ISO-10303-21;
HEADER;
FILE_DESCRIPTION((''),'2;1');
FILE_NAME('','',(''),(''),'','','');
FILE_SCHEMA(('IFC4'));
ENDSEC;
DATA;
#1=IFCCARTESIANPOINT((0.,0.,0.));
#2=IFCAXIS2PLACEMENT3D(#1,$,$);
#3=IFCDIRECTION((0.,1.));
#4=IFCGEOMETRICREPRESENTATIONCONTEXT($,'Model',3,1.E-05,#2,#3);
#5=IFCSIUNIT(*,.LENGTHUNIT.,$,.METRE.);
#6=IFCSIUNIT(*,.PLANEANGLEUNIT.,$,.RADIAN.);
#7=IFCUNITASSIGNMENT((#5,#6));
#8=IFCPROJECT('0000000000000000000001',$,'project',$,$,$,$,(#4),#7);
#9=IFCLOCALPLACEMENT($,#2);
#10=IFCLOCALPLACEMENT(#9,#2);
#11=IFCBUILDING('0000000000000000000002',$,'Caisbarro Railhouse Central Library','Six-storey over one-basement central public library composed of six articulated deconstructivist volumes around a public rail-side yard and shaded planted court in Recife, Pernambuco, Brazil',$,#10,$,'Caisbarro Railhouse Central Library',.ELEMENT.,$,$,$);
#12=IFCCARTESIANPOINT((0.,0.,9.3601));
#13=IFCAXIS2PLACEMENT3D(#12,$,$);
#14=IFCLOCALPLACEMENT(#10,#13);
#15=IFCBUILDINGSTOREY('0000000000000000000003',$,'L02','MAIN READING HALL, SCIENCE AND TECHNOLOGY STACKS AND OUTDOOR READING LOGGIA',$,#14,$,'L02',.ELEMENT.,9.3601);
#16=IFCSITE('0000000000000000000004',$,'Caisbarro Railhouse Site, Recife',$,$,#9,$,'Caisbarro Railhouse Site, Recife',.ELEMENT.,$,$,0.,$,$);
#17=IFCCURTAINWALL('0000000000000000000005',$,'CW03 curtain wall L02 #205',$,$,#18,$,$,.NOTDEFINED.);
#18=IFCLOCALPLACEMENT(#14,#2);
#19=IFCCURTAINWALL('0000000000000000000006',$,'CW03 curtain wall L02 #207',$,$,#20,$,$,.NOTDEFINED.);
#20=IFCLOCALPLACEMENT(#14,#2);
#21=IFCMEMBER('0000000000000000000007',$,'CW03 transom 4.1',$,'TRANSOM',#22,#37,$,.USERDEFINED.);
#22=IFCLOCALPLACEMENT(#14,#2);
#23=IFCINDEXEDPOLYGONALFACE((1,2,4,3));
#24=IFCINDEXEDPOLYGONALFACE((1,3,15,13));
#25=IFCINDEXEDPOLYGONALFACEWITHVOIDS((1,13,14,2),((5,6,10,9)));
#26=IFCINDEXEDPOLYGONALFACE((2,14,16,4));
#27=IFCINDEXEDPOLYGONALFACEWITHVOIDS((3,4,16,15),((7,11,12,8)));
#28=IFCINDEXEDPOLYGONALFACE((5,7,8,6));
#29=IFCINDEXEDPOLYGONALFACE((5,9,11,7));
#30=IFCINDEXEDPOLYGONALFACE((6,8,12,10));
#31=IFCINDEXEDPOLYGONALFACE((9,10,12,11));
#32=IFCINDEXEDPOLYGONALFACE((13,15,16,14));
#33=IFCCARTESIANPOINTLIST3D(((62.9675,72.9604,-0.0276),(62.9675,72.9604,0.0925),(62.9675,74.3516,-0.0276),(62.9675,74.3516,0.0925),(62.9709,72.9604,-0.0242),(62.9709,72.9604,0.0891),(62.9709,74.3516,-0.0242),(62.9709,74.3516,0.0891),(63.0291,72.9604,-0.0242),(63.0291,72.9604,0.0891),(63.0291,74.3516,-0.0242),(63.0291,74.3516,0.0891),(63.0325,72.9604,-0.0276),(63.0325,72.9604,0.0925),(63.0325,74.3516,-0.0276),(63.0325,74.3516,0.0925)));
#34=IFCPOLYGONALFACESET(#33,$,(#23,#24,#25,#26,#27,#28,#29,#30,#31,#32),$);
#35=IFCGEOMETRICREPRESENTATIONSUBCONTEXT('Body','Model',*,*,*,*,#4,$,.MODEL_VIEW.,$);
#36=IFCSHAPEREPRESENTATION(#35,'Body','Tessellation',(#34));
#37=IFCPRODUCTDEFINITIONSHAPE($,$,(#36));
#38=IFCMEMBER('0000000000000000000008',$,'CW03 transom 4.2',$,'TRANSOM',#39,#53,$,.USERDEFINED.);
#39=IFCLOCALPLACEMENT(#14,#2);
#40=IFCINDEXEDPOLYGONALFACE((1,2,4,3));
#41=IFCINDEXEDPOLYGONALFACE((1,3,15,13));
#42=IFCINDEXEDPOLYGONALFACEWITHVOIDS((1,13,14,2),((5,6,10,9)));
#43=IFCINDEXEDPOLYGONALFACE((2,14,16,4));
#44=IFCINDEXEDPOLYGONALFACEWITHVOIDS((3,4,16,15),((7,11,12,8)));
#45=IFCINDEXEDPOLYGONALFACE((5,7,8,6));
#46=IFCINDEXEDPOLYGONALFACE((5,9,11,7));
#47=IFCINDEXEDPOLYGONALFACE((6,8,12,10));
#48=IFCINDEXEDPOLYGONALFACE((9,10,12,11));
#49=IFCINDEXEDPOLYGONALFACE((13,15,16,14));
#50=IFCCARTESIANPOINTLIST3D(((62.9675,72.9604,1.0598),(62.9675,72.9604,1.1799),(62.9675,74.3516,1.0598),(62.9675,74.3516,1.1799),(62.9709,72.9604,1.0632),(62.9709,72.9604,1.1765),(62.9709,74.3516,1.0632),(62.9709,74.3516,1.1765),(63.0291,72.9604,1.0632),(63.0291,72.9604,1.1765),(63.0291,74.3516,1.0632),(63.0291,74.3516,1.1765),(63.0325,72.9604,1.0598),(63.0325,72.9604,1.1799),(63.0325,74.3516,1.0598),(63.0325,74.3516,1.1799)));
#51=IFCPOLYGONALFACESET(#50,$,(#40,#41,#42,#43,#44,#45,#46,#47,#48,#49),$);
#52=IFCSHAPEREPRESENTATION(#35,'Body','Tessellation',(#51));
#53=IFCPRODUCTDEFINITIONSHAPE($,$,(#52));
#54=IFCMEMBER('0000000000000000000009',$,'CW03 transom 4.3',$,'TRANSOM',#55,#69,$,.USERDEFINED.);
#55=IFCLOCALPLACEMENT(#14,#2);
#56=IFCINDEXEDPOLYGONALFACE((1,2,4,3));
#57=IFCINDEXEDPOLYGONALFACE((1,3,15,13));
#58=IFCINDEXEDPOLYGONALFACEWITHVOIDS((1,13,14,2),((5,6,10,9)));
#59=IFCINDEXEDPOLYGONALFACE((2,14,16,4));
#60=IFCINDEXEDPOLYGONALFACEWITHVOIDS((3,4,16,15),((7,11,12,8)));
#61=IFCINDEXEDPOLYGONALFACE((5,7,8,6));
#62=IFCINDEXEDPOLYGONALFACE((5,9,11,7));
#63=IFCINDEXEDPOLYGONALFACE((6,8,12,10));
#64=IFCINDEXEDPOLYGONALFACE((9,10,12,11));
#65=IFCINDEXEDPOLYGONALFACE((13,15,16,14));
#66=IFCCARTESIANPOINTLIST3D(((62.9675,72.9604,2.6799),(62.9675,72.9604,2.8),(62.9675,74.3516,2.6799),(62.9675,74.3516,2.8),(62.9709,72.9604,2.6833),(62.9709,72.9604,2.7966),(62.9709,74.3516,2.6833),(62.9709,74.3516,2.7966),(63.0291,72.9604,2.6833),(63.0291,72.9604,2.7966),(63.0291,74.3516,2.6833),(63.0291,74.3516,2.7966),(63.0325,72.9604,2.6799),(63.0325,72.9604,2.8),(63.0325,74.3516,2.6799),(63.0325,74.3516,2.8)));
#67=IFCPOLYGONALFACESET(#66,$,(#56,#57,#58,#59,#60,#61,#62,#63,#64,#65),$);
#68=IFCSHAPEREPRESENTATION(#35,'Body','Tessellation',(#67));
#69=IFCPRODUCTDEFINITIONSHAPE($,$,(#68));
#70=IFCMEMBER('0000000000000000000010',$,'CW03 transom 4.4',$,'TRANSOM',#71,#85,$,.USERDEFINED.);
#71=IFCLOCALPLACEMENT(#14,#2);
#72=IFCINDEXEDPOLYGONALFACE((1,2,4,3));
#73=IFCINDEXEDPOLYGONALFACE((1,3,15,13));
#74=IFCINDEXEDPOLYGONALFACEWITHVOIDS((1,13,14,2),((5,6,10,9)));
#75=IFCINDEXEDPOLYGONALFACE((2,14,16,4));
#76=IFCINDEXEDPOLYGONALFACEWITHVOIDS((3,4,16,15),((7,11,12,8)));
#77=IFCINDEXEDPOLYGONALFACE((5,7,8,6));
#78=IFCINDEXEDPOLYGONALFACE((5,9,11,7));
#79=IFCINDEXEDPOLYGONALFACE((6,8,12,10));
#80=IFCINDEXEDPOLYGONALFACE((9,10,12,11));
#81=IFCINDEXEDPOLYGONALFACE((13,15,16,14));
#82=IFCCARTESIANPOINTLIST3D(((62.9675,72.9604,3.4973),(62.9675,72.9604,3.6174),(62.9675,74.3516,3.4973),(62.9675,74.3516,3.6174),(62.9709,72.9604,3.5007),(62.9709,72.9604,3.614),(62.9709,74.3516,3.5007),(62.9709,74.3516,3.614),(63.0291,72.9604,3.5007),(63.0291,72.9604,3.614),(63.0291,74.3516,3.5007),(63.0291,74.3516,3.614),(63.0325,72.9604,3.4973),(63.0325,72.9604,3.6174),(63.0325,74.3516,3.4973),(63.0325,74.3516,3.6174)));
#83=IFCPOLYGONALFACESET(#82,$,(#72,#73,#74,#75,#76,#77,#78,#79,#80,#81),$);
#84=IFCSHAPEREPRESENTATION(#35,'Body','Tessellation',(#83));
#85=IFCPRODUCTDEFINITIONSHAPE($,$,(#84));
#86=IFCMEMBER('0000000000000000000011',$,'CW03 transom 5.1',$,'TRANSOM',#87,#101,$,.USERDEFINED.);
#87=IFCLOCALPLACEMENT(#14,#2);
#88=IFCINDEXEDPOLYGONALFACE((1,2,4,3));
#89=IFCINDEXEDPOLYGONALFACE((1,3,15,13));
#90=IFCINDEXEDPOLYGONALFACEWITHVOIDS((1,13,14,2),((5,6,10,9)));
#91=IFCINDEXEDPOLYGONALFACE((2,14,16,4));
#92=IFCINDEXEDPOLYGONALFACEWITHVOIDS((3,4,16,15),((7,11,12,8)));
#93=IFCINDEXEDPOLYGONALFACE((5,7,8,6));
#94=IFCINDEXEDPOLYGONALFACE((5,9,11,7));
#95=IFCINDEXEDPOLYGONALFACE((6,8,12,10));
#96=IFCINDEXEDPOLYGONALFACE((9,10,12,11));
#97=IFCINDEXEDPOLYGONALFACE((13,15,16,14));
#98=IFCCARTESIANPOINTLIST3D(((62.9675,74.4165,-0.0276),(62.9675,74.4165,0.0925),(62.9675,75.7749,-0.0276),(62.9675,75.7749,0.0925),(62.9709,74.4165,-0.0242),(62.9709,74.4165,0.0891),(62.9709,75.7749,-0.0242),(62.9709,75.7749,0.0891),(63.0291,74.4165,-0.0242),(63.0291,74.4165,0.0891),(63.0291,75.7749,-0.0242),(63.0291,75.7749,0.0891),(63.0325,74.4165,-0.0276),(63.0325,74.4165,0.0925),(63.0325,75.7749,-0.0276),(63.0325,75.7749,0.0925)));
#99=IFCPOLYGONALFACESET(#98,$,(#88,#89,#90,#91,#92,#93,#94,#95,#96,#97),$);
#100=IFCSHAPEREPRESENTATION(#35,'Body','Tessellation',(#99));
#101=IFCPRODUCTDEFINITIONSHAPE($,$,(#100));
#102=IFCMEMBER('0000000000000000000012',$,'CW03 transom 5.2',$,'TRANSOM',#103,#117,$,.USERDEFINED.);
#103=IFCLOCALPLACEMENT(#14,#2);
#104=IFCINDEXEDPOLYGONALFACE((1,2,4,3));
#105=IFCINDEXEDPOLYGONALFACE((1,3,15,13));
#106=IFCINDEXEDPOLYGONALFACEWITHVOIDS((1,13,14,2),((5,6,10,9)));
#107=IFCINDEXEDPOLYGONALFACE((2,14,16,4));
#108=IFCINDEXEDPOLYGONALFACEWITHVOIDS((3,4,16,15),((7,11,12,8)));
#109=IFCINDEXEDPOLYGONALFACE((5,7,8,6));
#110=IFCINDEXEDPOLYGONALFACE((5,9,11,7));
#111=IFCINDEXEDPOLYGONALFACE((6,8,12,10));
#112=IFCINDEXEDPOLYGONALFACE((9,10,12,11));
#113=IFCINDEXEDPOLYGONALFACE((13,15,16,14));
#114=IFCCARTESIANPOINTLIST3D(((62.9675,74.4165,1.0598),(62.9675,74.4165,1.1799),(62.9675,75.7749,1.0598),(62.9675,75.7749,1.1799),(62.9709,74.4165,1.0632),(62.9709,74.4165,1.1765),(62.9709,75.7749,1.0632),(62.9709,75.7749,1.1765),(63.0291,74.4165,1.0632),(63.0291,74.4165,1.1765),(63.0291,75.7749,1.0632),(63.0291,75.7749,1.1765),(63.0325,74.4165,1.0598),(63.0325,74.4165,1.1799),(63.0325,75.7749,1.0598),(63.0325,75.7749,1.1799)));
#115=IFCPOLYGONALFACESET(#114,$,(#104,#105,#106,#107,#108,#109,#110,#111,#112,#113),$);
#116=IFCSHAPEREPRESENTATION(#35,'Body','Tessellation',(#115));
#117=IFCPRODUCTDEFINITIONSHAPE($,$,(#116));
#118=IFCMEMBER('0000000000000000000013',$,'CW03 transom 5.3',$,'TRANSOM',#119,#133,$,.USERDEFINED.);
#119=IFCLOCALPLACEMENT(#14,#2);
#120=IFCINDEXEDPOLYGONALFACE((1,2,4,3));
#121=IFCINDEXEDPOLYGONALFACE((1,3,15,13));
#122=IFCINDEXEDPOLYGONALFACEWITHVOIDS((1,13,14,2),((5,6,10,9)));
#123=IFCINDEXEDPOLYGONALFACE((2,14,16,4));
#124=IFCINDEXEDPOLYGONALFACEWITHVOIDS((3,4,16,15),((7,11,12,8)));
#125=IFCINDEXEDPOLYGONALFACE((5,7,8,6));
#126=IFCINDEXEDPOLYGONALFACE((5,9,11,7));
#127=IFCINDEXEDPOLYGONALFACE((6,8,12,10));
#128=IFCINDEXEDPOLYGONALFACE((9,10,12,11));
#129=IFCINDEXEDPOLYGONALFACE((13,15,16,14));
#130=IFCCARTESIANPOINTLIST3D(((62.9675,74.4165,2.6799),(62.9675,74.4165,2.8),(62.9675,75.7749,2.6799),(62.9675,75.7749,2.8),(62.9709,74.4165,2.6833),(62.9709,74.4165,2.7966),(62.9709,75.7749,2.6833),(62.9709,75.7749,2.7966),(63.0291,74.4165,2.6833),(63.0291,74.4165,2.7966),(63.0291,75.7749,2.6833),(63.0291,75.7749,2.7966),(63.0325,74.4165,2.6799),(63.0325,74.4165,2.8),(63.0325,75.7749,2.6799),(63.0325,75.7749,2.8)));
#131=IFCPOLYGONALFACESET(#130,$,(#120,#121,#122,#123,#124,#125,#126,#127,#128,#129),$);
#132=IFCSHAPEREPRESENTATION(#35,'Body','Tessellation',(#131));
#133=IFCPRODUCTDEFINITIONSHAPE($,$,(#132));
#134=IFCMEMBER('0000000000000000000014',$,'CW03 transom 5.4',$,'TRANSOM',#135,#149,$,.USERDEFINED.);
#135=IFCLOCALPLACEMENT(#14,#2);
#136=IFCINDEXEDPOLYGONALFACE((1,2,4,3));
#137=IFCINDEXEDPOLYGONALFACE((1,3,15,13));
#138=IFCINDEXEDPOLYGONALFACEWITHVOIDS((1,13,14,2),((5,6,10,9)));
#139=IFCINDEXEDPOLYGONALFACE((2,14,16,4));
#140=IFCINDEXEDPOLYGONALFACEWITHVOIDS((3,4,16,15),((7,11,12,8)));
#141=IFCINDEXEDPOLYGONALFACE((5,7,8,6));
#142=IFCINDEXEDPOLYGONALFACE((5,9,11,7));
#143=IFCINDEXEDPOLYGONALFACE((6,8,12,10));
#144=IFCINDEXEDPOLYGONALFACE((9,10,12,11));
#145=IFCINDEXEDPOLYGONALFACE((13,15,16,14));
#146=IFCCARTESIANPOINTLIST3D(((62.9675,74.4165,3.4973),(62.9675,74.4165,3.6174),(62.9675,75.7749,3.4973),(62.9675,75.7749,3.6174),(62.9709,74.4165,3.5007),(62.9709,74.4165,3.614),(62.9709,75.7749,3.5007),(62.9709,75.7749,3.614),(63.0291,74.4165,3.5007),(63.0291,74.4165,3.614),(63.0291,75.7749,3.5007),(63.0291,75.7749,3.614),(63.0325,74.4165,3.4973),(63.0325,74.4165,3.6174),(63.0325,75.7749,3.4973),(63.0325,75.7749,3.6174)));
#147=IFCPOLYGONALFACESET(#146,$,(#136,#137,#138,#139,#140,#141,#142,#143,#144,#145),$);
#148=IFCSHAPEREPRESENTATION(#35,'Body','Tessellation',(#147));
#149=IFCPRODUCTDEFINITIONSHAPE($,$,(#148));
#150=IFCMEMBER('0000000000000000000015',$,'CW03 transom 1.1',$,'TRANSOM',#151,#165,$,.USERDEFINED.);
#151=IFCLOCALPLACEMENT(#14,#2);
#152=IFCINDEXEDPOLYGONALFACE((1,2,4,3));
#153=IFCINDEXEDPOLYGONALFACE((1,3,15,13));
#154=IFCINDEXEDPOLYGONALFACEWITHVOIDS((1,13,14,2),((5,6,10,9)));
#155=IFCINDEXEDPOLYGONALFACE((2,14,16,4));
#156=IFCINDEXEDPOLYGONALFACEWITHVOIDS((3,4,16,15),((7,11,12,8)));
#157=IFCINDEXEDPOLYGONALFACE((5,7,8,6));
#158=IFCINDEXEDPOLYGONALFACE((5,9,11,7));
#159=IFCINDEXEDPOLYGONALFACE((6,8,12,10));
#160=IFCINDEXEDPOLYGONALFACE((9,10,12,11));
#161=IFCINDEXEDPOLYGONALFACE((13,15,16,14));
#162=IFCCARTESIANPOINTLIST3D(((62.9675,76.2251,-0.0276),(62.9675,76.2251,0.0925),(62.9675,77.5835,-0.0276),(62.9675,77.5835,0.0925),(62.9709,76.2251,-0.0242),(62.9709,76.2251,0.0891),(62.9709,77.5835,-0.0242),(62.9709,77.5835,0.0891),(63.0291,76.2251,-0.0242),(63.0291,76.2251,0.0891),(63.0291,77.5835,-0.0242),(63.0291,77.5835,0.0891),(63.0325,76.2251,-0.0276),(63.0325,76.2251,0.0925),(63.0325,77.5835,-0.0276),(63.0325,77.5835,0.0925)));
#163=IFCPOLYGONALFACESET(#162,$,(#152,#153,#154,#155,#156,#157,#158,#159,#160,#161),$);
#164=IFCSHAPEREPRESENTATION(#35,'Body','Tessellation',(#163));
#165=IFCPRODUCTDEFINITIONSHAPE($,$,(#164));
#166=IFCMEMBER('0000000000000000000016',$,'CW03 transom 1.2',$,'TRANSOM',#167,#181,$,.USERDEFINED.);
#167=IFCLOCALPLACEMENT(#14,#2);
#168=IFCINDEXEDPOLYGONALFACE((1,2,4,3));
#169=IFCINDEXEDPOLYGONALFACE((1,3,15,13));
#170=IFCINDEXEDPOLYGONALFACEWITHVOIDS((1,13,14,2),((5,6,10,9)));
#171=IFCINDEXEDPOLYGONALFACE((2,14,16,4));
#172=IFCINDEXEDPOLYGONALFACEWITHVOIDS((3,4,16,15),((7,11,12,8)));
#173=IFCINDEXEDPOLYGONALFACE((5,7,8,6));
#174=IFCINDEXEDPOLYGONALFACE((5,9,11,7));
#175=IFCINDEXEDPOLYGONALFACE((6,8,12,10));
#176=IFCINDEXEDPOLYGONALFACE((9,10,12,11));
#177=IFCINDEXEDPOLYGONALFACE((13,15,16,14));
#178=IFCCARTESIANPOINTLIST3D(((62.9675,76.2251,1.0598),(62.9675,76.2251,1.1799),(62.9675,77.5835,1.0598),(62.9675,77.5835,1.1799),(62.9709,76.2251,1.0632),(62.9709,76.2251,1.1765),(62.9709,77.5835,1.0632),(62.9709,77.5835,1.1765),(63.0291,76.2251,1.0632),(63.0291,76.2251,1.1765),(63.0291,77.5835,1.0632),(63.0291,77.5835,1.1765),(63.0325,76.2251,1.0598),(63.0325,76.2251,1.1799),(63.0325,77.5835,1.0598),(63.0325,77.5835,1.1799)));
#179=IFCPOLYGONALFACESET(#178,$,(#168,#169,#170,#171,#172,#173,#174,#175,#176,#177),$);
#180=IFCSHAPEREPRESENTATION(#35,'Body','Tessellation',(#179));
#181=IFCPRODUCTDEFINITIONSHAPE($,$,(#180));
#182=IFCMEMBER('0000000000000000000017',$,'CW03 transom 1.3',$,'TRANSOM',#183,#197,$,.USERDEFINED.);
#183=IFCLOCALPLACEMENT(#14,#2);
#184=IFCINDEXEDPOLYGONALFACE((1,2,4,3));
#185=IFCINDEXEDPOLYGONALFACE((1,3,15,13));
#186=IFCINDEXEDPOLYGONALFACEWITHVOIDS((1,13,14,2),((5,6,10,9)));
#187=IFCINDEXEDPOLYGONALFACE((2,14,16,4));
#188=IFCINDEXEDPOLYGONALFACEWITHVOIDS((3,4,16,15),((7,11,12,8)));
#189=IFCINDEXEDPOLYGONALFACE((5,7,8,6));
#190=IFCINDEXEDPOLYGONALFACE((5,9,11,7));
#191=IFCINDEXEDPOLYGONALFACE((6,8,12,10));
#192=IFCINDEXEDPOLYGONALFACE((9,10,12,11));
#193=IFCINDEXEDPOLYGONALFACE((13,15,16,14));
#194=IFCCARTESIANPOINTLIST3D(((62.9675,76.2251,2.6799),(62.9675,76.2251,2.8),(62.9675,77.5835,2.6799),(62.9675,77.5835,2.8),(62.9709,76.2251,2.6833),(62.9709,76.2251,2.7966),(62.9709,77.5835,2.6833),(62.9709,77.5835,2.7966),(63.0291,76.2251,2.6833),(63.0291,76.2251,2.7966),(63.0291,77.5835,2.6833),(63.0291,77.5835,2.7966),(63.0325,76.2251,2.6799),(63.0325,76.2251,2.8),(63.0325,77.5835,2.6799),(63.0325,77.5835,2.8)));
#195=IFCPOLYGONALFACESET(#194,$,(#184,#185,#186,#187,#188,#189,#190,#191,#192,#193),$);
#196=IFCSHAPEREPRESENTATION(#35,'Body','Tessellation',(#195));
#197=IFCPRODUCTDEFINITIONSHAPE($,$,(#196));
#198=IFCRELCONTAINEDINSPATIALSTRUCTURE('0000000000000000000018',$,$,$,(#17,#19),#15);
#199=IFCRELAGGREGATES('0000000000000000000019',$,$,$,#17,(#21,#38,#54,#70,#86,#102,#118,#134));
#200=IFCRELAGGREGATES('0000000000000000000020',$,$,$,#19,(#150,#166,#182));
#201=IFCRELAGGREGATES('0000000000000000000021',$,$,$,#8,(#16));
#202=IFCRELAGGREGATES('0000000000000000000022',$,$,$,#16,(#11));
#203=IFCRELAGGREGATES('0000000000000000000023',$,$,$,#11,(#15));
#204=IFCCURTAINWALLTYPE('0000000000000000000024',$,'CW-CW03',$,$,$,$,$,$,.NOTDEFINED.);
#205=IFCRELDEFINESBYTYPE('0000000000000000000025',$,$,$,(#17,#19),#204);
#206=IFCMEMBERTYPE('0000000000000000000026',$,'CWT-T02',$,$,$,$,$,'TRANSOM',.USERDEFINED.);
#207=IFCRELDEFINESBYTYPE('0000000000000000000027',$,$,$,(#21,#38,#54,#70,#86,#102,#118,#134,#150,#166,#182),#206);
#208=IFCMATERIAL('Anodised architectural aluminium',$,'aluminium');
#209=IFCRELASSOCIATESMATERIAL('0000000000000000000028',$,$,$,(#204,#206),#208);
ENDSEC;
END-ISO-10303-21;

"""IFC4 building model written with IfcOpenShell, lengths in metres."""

from ifc_helpers import new_model, si_unit, direction, frame, origin, origin_2d, place, context, subcontext, project, spatial, hollow_rectangle, extrude, material, material_profile, profile_set, type_object, element, aggregate, save


model = new_model("IFC4")

# Units and contexts
model_context = context("Model", 3, precision=1e-05, world=origin(), true_north=direction((0.0, 1.0)))
body_context = subcontext(model_context, "Body", "Model", "MODEL_VIEW")
ifc_project = project(units=[si_unit("LENGTHUNIT", "METRE"), si_unit("PLANEANGLEUNIT", "RADIAN")], contexts=[model_context])

# Site, building, storey
site_placement = place(None, origin())
site = spatial("IfcSite", under=ifc_project, at=site_placement, Name="Caisbarro Railhouse Site, Recife", LongName="Caisbarro Railhouse Site, Recife", CompositionType="ELEMENT", RefElevation=0.0)
building_placement = place(site_placement, origin())
building = spatial("IfcBuilding", under=site, at=building_placement, Name="Caisbarro Railhouse Central Library", Description="Six-storey over one-basement central public library composed of six articulated deconstructivist volumes around a public rail-side yard and shaded planted court in Recife, Pernambuco, Brazil", LongName="Caisbarro Railhouse Central Library", CompositionType="ELEMENT")
storey_placement = place(building_placement, frame((0.0, 0.0, 9.3601)))
storey = spatial("IfcBuildingStorey", under=building, at=storey_placement, Name="L02", Description="MAIN READING HALL, SCIENCE AND TECHNOLOGY STACKS AND OUTDOOR READING LOGGIA", LongName="L02", CompositionType="ELEMENT", Elevation=9.3601)

# Curtain wall
ifc_material_1 = material(Name="Anodised architectural aluminium", Category="aluminium")
curtain_wall_type = type_object("IfcCurtainWallType", Name="CW-CW03", PredefinedType="NOTDEFINED", material=ifc_material_1)
curtain_wall_1_placement = place(storey_placement, origin())
curtain_wall_1 = element("IfcCurtainWall", 1, at=curtain_wall_1_placement, inside=storey, type_object=curtain_wall_type, Name="CW03 curtain wall L02 #205", PredefinedType="NOTDEFINED")

# Curtain wall
curtain_wall_2_placement = place(storey_placement, origin())
curtain_wall_2 = element("IfcCurtainWall", 2, at=curtain_wall_2_placement, inside=storey, type_object=curtain_wall_type, Name="CW03 curtain wall L02 #207", PredefinedType="NOTDEFINED")

# Members
ifc_material_profile_1 = material_profile(ifc_material_1, hollow_rectangle(XDim=0.0649, YDim=0.1201, WallThickness=0.0034, at=origin_2d()), Name="ALU-TRN-65X120")
ifc_profile_set_1 = profile_set([ifc_material_profile_1], Name="Anodised architectural aluminium")
member_type_1 = type_object("IfcMemberType", Name="CWT-T02", ElementType="TRANSOM", PredefinedType="USERDEFINED", material=ifc_profile_set_1)
member_1_placement = place(storey_placement, frame((63.0, 72.9604, 0.0325), z_axis=(0.0, 1.0, 0.0), x_axis=(-1.0, 0.0, 0.0)))
member_1 = element("IfcMember", 3, at=member_1_placement, type_object=member_type_1, Name="CW03 transom 4.1", ObjectType="TRANSOM", PredefinedType="USERDEFINED", context=body_context, shape_type="SweptSolid", body=[
    extrude(hollow_rectangle(XDim=0.0649, YDim=0.1201, WallThickness=0.0034, at=origin_2d()), origin(), (0.0, 0.0, 1.0), 1.3911),
])
member_2_placement = place(storey_placement, frame((63.0, 72.9604, 1.1199), z_axis=(0.0, 1.0, 0.0), x_axis=(-1.0, 0.0, 0.0)))
member_2 = element("IfcMember", 4, at=member_2_placement, type_object=member_type_1, Name="CW03 transom 4.2", ObjectType="TRANSOM", PredefinedType="USERDEFINED", context=body_context, shape_type="SweptSolid", body=[
    extrude(hollow_rectangle(XDim=0.0649, YDim=0.1201, WallThickness=0.0034, at=origin_2d()), origin(), (0.0, 0.0, 1.0), 1.3911),
])
member_3_placement = place(storey_placement, frame((63.0, 72.9604, 2.74), z_axis=(0.0, 1.0, 0.0), x_axis=(-1.0, 0.0, 0.0)))
member_3 = element("IfcMember", 5, at=member_3_placement, type_object=member_type_1, Name="CW03 transom 4.3", ObjectType="TRANSOM", PredefinedType="USERDEFINED", context=body_context, shape_type="SweptSolid", body=[
    extrude(hollow_rectangle(XDim=0.0649, YDim=0.1201, WallThickness=0.0034, at=origin_2d()), origin(), (0.0, 0.0, 1.0), 1.3911),
])
member_4_placement = place(storey_placement, frame((63.0, 72.9604, 3.5574), z_axis=(0.0, 1.0, 0.0), x_axis=(-1.0, 0.0, 0.0)))
member_4 = element("IfcMember", 6, at=member_4_placement, type_object=member_type_1, Name="CW03 transom 4.4", ObjectType="TRANSOM", PredefinedType="USERDEFINED", context=body_context, shape_type="SweptSolid", body=[
    extrude(hollow_rectangle(XDim=0.0649, YDim=0.1201, WallThickness=0.0034, at=origin_2d()), origin(), (0.0, 0.0, 1.0), 1.3911),
])
member_5_placement = place(storey_placement, frame((63.0, 74.4165, 0.0325), z_axis=(0.0, 1.0, 0.0), x_axis=(-1.0, 0.0, 0.0)))
member_5 = element("IfcMember", 7, at=member_5_placement, type_object=member_type_1, Name="CW03 transom 5.1", ObjectType="TRANSOM", PredefinedType="USERDEFINED", context=body_context, shape_type="SweptSolid", body=[
    extrude(hollow_rectangle(XDim=0.0649, YDim=0.1201, WallThickness=0.0034, at=origin_2d()), origin(), (0.0, 0.0, 1.0), 1.3584),
])
member_6_placement = place(storey_placement, frame((63.0, 74.4165, 1.1199), z_axis=(0.0, 1.0, 0.0), x_axis=(-1.0, 0.0, 0.0)))
member_6 = element("IfcMember", 8, at=member_6_placement, type_object=member_type_1, Name="CW03 transom 5.2", ObjectType="TRANSOM", PredefinedType="USERDEFINED", context=body_context, shape_type="SweptSolid", body=[
    extrude(hollow_rectangle(XDim=0.0649, YDim=0.1201, WallThickness=0.0034, at=origin_2d()), origin(), (0.0, 0.0, 1.0), 1.3584),
])
member_7_placement = place(storey_placement, frame((63.0, 74.4165, 2.74), z_axis=(0.0, 1.0, 0.0), x_axis=(-1.0, 0.0, 0.0)))
member_7 = element("IfcMember", 9, at=member_7_placement, type_object=member_type_1, Name="CW03 transom 5.3", ObjectType="TRANSOM", PredefinedType="USERDEFINED", context=body_context, shape_type="SweptSolid", body=[
    extrude(hollow_rectangle(XDim=0.0649, YDim=0.1201, WallThickness=0.0034, at=origin_2d()), origin(), (0.0, 0.0, 1.0), 1.3584),
])
member_8_placement = place(storey_placement, frame((63.0, 74.4165, 3.5574), z_axis=(0.0, 1.0, 0.0), x_axis=(-1.0, 0.0, 0.0)))
member_8 = element("IfcMember", 10, at=member_8_placement, type_object=member_type_1, Name="CW03 transom 5.4", ObjectType="TRANSOM", PredefinedType="USERDEFINED", context=body_context, shape_type="SweptSolid", body=[
    extrude(hollow_rectangle(XDim=0.0649, YDim=0.1201, WallThickness=0.0034, at=origin_2d()), origin(), (0.0, 0.0, 1.0), 1.3584),
])
member_9_placement = place(storey_placement, frame((63.0, 76.2251, 0.0325), z_axis=(0.0, 1.0, 0.0), x_axis=(-1.0, 0.0, 0.0)))
member_9 = element("IfcMember", 11, at=member_9_placement, type_object=member_type_1, Name="CW03 transom 1.1", ObjectType="TRANSOM", PredefinedType="USERDEFINED", context=body_context, shape_type="SweptSolid", body=[
    extrude(hollow_rectangle(XDim=0.0649, YDim=0.1201, WallThickness=0.0034, at=origin_2d()), origin(), (0.0, 0.0, 1.0), 1.3584),
])
member_10_placement = place(storey_placement, frame((63.0, 76.2251, 1.1199), z_axis=(0.0, 1.0, 0.0), x_axis=(-1.0, 0.0, 0.0)))
member_10 = element("IfcMember", 12, at=member_10_placement, type_object=member_type_1, Name="CW03 transom 1.2", ObjectType="TRANSOM", PredefinedType="USERDEFINED", context=body_context, shape_type="SweptSolid", body=[
    extrude(hollow_rectangle(XDim=0.0649, YDim=0.1201, WallThickness=0.0034, at=origin_2d()), origin(), (0.0, 0.0, 1.0), 1.3584),
])
member_11_placement = place(storey_placement, frame((63.0, 76.2251, 2.74), z_axis=(0.0, 1.0, 0.0), x_axis=(-1.0, 0.0, 0.0)))
member_11 = element("IfcMember", 13, at=member_11_placement, type_object=member_type_1, Name="CW03 transom 1.3", ObjectType="TRANSOM", PredefinedType="USERDEFINED", context=body_context, shape_type="SweptSolid", body=[
    extrude(hollow_rectangle(XDim=0.0649, YDim=0.1201, WallThickness=0.0034, at=origin_2d()), origin(), (0.0, 0.0, 1.0), 1.3584),
])

aggregate(curtain_wall_1, [member_1, member_2, member_3, member_4, member_5, member_6, member_7, member_8])
aggregate(curtain_wall_2, [member_9, member_10, member_11])

save(model, "model.ifc")
